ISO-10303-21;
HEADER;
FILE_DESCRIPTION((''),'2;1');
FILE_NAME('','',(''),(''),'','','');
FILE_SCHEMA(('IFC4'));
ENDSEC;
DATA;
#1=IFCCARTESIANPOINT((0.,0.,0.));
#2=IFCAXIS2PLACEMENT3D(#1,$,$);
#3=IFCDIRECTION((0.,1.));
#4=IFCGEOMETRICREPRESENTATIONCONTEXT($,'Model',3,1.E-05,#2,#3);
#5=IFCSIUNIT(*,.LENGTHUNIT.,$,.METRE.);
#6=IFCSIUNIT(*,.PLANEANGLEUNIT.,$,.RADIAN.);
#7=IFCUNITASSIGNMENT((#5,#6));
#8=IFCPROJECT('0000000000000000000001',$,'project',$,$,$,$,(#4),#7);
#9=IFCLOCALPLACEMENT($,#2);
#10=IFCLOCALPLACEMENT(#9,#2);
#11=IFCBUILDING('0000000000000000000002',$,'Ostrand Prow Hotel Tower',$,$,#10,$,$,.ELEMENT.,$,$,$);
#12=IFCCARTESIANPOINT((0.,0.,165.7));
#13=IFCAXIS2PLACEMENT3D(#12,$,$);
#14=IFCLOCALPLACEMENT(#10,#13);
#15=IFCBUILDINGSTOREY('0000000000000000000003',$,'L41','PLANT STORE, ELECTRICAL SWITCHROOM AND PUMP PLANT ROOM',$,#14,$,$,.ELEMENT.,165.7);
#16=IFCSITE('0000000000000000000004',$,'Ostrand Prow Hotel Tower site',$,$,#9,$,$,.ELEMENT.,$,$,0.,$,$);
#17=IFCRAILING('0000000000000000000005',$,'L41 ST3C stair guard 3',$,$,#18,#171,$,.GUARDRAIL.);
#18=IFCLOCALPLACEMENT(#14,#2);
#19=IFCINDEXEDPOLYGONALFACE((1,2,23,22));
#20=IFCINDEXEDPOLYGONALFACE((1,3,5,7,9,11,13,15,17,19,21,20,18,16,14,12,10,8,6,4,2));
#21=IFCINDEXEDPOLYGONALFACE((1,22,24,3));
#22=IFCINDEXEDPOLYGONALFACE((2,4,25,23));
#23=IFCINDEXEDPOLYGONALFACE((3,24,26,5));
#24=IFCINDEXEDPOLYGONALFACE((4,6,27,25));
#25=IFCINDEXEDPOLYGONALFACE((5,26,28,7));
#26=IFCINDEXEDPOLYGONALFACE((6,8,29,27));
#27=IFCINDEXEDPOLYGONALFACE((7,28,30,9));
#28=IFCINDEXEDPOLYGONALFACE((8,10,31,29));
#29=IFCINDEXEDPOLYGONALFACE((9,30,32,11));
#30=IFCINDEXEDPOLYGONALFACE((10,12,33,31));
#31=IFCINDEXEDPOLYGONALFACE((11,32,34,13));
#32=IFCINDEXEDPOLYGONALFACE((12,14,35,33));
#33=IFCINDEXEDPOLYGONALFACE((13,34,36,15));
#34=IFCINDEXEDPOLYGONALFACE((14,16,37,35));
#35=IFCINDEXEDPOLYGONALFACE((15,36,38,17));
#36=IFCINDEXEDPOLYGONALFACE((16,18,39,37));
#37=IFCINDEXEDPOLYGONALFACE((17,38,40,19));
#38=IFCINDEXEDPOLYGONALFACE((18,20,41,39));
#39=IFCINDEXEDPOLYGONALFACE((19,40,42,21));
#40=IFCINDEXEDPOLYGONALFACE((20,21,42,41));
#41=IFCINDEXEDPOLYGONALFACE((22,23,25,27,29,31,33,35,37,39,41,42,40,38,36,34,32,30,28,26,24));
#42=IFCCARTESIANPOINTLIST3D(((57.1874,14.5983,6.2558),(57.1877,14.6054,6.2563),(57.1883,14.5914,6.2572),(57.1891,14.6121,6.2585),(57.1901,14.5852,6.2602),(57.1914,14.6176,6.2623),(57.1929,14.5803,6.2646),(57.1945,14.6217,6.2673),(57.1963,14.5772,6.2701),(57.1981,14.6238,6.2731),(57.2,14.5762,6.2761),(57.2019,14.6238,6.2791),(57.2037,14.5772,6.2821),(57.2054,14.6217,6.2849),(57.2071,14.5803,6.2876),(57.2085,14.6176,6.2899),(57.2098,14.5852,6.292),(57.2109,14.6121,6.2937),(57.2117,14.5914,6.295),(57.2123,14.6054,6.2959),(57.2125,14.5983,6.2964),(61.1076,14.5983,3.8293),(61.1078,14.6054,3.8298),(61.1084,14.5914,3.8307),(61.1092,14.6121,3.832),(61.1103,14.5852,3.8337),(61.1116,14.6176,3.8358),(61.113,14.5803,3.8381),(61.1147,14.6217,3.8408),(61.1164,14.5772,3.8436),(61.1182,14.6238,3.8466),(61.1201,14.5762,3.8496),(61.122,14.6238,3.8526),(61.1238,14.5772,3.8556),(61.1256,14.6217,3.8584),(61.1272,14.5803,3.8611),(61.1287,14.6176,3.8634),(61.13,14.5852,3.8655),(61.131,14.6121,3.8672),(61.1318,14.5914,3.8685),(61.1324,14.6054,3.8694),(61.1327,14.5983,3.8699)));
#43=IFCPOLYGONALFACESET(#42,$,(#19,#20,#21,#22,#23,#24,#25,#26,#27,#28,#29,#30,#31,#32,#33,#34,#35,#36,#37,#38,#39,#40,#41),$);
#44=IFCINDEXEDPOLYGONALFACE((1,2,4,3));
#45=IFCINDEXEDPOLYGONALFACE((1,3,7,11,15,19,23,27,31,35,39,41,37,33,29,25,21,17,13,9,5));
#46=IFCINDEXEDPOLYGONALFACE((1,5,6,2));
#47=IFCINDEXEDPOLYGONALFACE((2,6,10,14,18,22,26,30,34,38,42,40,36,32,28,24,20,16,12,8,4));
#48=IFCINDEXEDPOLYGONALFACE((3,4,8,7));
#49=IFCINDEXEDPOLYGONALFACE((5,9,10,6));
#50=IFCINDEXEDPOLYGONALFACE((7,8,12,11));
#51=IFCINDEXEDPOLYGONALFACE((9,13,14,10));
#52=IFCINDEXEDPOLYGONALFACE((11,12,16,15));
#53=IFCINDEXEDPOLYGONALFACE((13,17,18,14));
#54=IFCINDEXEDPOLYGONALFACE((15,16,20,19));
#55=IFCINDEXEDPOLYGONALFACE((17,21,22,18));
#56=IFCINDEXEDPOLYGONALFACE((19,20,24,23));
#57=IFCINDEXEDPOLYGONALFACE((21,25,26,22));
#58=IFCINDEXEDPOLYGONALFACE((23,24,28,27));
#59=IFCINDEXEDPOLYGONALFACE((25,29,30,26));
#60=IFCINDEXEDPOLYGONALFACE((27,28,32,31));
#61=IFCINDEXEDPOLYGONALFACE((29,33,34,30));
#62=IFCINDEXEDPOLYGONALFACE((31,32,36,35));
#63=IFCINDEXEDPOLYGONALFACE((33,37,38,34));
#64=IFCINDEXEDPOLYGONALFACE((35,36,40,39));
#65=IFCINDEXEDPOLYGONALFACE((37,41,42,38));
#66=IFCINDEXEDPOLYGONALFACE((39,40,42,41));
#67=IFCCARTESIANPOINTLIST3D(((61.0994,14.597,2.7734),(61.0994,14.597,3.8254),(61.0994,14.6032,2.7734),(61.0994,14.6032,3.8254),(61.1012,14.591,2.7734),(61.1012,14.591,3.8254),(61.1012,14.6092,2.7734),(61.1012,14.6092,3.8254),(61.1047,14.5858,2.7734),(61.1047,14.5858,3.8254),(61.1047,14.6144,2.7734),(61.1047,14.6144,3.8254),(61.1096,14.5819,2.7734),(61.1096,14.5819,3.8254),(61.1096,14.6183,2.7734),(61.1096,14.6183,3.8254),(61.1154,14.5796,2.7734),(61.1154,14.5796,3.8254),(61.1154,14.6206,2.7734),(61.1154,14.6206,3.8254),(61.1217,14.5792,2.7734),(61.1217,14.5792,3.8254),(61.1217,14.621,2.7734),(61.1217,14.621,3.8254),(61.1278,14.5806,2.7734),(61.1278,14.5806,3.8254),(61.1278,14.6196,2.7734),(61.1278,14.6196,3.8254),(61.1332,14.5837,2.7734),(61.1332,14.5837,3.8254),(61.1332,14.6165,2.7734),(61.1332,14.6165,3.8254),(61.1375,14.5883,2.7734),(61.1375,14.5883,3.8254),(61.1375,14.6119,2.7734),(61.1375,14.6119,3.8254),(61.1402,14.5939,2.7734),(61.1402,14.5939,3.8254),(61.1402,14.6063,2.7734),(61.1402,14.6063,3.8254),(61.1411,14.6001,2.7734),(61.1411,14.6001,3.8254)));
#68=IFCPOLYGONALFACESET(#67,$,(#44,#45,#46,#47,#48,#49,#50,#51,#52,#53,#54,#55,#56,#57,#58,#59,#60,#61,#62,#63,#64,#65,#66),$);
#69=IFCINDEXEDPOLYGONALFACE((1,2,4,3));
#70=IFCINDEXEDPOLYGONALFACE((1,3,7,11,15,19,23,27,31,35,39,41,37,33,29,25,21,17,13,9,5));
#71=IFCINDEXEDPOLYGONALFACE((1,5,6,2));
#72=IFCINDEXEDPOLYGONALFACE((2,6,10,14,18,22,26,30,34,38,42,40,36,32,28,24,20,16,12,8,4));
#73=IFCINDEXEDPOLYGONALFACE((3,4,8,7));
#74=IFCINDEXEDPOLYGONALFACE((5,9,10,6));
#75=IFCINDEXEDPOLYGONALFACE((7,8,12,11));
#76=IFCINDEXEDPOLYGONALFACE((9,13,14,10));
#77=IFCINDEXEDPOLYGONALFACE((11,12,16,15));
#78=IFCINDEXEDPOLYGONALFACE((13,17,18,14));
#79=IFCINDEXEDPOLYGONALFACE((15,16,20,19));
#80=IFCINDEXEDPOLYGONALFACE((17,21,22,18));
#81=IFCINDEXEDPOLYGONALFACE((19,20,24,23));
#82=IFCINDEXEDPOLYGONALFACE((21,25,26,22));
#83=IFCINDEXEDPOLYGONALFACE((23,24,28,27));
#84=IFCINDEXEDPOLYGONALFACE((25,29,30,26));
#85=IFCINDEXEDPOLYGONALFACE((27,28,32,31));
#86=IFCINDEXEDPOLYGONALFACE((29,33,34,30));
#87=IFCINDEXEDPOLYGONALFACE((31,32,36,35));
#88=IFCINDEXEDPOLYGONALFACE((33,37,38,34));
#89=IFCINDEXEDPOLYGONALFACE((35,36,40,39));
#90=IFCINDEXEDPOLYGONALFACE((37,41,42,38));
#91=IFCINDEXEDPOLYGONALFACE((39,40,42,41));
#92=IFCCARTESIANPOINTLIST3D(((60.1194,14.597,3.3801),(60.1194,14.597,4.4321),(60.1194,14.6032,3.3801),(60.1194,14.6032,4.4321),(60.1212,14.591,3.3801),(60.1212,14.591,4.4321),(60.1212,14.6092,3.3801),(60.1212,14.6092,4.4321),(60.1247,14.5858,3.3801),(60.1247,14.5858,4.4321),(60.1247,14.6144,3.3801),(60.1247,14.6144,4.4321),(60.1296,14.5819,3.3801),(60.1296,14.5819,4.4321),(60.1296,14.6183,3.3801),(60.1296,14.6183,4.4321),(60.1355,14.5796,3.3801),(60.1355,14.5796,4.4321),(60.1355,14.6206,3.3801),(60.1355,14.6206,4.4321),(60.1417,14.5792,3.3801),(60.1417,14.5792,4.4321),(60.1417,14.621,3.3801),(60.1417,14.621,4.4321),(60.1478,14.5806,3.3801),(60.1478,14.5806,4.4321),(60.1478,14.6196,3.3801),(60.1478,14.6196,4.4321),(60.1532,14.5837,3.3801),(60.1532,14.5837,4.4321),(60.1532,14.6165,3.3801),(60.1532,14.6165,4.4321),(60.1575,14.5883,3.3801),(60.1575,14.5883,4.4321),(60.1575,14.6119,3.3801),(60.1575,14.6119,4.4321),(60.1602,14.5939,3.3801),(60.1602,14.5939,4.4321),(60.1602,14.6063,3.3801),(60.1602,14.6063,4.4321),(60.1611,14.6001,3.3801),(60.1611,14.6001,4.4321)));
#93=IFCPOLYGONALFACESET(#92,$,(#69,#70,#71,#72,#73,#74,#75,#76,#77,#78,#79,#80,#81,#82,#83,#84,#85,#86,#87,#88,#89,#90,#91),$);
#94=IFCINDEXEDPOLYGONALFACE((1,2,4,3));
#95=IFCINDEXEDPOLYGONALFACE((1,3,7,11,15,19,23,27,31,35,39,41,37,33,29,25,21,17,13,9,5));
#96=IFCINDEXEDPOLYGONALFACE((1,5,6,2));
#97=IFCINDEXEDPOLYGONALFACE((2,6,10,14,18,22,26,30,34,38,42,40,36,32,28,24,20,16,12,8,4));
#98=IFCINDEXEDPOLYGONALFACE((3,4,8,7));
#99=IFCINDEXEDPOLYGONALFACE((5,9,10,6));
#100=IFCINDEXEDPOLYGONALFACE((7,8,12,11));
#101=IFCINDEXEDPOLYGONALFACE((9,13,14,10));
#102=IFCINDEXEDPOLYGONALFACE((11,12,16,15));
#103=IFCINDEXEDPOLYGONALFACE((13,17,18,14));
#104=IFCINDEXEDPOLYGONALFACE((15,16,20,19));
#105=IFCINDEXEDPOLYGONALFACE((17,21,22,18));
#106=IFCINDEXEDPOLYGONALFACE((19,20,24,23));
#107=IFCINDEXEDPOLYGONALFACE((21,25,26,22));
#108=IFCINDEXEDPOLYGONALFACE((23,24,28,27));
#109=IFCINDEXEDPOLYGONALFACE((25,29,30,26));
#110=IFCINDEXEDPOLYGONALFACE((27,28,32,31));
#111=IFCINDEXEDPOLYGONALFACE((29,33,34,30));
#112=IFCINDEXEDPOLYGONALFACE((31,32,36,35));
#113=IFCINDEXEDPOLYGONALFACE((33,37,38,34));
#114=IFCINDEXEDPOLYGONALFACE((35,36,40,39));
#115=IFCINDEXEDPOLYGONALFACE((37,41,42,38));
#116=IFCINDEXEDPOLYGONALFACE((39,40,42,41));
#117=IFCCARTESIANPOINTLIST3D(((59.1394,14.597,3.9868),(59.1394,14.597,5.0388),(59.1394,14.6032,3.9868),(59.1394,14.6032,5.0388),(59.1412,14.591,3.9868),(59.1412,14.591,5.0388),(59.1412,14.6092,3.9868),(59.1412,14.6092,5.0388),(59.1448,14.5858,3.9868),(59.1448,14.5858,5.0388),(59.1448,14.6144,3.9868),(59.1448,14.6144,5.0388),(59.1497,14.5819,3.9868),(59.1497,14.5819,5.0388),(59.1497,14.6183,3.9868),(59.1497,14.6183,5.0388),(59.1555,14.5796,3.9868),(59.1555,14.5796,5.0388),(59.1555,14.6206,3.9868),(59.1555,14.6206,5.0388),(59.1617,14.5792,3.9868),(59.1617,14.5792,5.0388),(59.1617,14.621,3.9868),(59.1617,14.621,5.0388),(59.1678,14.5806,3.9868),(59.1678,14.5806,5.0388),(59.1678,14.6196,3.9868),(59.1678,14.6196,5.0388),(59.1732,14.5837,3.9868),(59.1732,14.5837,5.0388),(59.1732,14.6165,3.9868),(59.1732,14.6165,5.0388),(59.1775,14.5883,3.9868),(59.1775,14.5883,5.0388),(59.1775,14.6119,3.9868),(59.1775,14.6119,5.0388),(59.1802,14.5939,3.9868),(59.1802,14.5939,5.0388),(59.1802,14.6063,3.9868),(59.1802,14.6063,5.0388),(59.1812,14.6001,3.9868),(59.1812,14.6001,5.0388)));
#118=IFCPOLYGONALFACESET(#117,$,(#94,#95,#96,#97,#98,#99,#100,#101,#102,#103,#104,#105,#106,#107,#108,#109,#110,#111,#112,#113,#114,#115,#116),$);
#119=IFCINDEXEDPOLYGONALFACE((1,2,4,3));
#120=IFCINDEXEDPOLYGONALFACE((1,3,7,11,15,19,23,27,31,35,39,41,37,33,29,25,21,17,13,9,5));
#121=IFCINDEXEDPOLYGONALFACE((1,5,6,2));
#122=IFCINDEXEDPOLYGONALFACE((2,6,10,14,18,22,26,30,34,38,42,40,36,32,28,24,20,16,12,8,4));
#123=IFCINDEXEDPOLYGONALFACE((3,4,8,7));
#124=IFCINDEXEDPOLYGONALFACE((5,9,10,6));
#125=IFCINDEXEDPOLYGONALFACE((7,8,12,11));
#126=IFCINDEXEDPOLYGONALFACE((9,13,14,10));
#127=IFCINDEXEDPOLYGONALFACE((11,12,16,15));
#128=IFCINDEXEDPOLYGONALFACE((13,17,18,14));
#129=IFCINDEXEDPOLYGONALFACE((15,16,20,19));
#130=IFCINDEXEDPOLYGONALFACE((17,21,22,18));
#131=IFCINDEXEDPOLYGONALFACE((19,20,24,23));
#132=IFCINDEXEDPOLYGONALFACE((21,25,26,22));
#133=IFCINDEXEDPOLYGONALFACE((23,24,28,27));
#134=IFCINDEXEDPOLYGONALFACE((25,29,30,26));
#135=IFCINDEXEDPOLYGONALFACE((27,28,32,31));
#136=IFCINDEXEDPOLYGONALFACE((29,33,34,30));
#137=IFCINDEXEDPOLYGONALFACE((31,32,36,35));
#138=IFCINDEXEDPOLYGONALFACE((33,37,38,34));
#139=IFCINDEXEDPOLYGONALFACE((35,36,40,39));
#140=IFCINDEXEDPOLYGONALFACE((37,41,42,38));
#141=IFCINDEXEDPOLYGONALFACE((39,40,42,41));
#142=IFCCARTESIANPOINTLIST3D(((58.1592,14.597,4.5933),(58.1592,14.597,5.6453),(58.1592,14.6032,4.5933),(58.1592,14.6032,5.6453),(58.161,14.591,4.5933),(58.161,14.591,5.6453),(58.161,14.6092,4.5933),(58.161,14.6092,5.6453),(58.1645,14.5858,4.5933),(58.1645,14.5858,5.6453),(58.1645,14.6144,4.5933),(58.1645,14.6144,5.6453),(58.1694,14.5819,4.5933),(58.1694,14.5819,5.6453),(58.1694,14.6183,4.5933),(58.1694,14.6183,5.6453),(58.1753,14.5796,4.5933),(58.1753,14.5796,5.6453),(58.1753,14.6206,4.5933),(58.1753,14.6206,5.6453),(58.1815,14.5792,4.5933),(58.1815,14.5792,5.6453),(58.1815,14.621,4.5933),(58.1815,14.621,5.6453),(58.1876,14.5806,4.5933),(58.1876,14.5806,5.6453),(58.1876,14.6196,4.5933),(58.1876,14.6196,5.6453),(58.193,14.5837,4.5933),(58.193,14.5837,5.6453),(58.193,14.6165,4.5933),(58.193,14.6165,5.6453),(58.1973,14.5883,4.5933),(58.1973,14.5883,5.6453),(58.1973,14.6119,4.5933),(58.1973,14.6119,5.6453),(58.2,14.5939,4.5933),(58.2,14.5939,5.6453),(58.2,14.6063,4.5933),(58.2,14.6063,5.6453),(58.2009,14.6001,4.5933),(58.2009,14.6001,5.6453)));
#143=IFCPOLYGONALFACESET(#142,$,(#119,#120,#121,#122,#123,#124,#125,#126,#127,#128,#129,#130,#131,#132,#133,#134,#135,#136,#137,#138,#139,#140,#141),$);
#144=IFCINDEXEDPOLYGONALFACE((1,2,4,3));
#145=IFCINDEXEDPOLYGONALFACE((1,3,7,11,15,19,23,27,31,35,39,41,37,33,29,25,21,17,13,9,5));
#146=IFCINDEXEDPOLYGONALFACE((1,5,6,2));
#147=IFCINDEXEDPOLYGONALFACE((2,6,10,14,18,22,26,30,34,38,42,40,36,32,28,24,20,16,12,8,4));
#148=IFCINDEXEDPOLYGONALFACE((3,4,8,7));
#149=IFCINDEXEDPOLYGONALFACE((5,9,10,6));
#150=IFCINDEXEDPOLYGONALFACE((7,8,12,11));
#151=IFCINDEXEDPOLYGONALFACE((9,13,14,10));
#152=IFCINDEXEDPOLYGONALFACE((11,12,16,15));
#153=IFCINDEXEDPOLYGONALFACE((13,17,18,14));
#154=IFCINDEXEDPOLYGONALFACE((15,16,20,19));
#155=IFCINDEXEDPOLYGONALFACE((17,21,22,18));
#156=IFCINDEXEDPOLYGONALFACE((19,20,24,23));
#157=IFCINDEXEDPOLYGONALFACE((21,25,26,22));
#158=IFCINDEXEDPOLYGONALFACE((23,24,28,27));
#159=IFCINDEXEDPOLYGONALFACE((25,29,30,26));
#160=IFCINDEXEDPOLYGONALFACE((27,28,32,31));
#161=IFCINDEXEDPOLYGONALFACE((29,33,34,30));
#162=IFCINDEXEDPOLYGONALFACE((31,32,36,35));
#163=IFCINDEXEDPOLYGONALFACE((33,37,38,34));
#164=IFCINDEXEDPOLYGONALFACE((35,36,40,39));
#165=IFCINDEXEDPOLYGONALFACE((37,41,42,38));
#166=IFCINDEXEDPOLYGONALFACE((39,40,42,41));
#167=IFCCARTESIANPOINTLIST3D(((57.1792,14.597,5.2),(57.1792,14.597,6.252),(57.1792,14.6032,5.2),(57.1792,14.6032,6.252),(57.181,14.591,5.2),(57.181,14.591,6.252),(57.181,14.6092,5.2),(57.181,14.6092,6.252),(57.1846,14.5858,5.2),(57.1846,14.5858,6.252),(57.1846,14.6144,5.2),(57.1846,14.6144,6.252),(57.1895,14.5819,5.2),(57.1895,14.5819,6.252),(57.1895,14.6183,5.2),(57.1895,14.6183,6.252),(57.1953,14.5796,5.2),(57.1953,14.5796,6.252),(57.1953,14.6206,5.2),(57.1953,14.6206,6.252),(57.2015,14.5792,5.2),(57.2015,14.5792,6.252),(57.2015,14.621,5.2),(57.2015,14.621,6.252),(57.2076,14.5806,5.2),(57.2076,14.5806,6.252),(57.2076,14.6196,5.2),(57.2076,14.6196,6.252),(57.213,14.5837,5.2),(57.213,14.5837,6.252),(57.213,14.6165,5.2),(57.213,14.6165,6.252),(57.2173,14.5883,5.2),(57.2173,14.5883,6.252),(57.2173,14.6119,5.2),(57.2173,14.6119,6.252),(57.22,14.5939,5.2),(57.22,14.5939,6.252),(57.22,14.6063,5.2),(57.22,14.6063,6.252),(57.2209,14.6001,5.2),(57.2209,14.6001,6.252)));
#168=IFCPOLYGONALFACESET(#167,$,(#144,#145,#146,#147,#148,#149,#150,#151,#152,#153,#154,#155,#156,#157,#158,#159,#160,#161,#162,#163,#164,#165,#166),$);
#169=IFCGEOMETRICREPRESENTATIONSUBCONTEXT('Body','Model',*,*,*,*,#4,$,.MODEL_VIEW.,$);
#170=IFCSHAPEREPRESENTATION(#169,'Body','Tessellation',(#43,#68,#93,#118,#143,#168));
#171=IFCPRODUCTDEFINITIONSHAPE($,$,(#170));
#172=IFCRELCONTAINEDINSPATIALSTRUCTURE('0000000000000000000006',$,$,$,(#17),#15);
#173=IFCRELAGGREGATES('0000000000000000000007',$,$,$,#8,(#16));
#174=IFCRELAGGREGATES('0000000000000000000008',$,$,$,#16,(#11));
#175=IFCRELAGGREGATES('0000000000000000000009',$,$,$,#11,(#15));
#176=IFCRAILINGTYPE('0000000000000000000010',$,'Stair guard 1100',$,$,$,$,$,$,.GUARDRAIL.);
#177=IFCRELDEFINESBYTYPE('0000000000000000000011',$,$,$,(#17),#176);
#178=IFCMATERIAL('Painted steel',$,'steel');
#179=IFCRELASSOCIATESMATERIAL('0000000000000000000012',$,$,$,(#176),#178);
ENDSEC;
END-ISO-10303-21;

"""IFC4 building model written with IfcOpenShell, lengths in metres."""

from ifc_helpers import new_model, si_unit, direction, frame, origin, origin_2d, place, context, subcontext, project, spatial, circle, extrude, material, type_object, element, save


model = new_model("IFC4")

# Units and contexts
model_context = context("Model", 3, precision=1e-05, world=origin(), true_north=direction((0.0, 1.0)))
body_context = subcontext(model_context, "Body", "Model", "MODEL_VIEW")
ifc_project = project(units=[si_unit("LENGTHUNIT", "METRE"), si_unit("PLANEANGLEUNIT", "RADIAN")], contexts=[model_context])

# Site, building, storey
site_placement = place(None, origin())
site = spatial("IfcSite", under=ifc_project, at=site_placement, Name="Ostrand Prow Hotel Tower site", CompositionType="ELEMENT", RefElevation=0.0)
building_placement = place(site_placement, origin())
building = spatial("IfcBuilding", under=site, at=building_placement, Name="Ostrand Prow Hotel Tower", CompositionType="ELEMENT")
storey_placement = place(building_placement, frame((0.0, 0.0, 165.7)))
storey = spatial("IfcBuildingStorey", under=building, at=storey_placement, Name="L41", Description="PLANT STORE, ELECTRICAL SWITCHROOM AND PUMP PLANT ROOM", CompositionType="ELEMENT", Elevation=165.7)

# Railing
ifc_material_1 = material(Name="Painted steel", Category="steel")
railing_type_1 = type_object("IfcRailingType", Name="Stair guard 1100", PredefinedType="GUARDRAIL", material=ifc_material_1)
railing_1_placement = place(storey_placement, frame((61.1201, 14.6001, 2.7734)))
element("IfcRailing", 1, at=railing_1_placement, inside=storey, type_object=railing_type_1, Name="L41 ST3C stair guard 3", PredefinedType="GUARDRAIL", context=body_context, shape_type="SweptSolid", body=[
    extrude(circle(Radius=0.0239, at=origin_2d()), frame((0.0, 0.0, 1.0762), z_axis=(-0.85029, 0.0, 0.526315), x_axis=(0.0, -1.0, 0.0)), (0.0, 0.0, 1.0), 4.6104),
    extrude(circle(Radius=0.021, at=origin_2d()), origin(), (0.0, 0.0, 1.0), 1.052),
    extrude(circle(Radius=0.021, at=origin_2d()), frame((-0.98, 0.0, 0.6067)), (0.0, 0.0, 1.0), 1.052),
    extrude(circle(Radius=0.021, at=origin_2d()), frame((-1.96, 0.0, 1.2134)), (0.0, 0.0, 1.0), 1.052),
    extrude(circle(Radius=0.021, at=origin_2d()), frame((-2.9402, 0.0, 1.8198)), (0.0, 0.0, 1.0), 1.052),
    extrude(circle(Radius=0.021, at=origin_2d()), frame((-3.9202, 0.0, 2.4265)), (0.0, 0.0, 1.0), 1.052),
])

save(model, "model.ifc")
